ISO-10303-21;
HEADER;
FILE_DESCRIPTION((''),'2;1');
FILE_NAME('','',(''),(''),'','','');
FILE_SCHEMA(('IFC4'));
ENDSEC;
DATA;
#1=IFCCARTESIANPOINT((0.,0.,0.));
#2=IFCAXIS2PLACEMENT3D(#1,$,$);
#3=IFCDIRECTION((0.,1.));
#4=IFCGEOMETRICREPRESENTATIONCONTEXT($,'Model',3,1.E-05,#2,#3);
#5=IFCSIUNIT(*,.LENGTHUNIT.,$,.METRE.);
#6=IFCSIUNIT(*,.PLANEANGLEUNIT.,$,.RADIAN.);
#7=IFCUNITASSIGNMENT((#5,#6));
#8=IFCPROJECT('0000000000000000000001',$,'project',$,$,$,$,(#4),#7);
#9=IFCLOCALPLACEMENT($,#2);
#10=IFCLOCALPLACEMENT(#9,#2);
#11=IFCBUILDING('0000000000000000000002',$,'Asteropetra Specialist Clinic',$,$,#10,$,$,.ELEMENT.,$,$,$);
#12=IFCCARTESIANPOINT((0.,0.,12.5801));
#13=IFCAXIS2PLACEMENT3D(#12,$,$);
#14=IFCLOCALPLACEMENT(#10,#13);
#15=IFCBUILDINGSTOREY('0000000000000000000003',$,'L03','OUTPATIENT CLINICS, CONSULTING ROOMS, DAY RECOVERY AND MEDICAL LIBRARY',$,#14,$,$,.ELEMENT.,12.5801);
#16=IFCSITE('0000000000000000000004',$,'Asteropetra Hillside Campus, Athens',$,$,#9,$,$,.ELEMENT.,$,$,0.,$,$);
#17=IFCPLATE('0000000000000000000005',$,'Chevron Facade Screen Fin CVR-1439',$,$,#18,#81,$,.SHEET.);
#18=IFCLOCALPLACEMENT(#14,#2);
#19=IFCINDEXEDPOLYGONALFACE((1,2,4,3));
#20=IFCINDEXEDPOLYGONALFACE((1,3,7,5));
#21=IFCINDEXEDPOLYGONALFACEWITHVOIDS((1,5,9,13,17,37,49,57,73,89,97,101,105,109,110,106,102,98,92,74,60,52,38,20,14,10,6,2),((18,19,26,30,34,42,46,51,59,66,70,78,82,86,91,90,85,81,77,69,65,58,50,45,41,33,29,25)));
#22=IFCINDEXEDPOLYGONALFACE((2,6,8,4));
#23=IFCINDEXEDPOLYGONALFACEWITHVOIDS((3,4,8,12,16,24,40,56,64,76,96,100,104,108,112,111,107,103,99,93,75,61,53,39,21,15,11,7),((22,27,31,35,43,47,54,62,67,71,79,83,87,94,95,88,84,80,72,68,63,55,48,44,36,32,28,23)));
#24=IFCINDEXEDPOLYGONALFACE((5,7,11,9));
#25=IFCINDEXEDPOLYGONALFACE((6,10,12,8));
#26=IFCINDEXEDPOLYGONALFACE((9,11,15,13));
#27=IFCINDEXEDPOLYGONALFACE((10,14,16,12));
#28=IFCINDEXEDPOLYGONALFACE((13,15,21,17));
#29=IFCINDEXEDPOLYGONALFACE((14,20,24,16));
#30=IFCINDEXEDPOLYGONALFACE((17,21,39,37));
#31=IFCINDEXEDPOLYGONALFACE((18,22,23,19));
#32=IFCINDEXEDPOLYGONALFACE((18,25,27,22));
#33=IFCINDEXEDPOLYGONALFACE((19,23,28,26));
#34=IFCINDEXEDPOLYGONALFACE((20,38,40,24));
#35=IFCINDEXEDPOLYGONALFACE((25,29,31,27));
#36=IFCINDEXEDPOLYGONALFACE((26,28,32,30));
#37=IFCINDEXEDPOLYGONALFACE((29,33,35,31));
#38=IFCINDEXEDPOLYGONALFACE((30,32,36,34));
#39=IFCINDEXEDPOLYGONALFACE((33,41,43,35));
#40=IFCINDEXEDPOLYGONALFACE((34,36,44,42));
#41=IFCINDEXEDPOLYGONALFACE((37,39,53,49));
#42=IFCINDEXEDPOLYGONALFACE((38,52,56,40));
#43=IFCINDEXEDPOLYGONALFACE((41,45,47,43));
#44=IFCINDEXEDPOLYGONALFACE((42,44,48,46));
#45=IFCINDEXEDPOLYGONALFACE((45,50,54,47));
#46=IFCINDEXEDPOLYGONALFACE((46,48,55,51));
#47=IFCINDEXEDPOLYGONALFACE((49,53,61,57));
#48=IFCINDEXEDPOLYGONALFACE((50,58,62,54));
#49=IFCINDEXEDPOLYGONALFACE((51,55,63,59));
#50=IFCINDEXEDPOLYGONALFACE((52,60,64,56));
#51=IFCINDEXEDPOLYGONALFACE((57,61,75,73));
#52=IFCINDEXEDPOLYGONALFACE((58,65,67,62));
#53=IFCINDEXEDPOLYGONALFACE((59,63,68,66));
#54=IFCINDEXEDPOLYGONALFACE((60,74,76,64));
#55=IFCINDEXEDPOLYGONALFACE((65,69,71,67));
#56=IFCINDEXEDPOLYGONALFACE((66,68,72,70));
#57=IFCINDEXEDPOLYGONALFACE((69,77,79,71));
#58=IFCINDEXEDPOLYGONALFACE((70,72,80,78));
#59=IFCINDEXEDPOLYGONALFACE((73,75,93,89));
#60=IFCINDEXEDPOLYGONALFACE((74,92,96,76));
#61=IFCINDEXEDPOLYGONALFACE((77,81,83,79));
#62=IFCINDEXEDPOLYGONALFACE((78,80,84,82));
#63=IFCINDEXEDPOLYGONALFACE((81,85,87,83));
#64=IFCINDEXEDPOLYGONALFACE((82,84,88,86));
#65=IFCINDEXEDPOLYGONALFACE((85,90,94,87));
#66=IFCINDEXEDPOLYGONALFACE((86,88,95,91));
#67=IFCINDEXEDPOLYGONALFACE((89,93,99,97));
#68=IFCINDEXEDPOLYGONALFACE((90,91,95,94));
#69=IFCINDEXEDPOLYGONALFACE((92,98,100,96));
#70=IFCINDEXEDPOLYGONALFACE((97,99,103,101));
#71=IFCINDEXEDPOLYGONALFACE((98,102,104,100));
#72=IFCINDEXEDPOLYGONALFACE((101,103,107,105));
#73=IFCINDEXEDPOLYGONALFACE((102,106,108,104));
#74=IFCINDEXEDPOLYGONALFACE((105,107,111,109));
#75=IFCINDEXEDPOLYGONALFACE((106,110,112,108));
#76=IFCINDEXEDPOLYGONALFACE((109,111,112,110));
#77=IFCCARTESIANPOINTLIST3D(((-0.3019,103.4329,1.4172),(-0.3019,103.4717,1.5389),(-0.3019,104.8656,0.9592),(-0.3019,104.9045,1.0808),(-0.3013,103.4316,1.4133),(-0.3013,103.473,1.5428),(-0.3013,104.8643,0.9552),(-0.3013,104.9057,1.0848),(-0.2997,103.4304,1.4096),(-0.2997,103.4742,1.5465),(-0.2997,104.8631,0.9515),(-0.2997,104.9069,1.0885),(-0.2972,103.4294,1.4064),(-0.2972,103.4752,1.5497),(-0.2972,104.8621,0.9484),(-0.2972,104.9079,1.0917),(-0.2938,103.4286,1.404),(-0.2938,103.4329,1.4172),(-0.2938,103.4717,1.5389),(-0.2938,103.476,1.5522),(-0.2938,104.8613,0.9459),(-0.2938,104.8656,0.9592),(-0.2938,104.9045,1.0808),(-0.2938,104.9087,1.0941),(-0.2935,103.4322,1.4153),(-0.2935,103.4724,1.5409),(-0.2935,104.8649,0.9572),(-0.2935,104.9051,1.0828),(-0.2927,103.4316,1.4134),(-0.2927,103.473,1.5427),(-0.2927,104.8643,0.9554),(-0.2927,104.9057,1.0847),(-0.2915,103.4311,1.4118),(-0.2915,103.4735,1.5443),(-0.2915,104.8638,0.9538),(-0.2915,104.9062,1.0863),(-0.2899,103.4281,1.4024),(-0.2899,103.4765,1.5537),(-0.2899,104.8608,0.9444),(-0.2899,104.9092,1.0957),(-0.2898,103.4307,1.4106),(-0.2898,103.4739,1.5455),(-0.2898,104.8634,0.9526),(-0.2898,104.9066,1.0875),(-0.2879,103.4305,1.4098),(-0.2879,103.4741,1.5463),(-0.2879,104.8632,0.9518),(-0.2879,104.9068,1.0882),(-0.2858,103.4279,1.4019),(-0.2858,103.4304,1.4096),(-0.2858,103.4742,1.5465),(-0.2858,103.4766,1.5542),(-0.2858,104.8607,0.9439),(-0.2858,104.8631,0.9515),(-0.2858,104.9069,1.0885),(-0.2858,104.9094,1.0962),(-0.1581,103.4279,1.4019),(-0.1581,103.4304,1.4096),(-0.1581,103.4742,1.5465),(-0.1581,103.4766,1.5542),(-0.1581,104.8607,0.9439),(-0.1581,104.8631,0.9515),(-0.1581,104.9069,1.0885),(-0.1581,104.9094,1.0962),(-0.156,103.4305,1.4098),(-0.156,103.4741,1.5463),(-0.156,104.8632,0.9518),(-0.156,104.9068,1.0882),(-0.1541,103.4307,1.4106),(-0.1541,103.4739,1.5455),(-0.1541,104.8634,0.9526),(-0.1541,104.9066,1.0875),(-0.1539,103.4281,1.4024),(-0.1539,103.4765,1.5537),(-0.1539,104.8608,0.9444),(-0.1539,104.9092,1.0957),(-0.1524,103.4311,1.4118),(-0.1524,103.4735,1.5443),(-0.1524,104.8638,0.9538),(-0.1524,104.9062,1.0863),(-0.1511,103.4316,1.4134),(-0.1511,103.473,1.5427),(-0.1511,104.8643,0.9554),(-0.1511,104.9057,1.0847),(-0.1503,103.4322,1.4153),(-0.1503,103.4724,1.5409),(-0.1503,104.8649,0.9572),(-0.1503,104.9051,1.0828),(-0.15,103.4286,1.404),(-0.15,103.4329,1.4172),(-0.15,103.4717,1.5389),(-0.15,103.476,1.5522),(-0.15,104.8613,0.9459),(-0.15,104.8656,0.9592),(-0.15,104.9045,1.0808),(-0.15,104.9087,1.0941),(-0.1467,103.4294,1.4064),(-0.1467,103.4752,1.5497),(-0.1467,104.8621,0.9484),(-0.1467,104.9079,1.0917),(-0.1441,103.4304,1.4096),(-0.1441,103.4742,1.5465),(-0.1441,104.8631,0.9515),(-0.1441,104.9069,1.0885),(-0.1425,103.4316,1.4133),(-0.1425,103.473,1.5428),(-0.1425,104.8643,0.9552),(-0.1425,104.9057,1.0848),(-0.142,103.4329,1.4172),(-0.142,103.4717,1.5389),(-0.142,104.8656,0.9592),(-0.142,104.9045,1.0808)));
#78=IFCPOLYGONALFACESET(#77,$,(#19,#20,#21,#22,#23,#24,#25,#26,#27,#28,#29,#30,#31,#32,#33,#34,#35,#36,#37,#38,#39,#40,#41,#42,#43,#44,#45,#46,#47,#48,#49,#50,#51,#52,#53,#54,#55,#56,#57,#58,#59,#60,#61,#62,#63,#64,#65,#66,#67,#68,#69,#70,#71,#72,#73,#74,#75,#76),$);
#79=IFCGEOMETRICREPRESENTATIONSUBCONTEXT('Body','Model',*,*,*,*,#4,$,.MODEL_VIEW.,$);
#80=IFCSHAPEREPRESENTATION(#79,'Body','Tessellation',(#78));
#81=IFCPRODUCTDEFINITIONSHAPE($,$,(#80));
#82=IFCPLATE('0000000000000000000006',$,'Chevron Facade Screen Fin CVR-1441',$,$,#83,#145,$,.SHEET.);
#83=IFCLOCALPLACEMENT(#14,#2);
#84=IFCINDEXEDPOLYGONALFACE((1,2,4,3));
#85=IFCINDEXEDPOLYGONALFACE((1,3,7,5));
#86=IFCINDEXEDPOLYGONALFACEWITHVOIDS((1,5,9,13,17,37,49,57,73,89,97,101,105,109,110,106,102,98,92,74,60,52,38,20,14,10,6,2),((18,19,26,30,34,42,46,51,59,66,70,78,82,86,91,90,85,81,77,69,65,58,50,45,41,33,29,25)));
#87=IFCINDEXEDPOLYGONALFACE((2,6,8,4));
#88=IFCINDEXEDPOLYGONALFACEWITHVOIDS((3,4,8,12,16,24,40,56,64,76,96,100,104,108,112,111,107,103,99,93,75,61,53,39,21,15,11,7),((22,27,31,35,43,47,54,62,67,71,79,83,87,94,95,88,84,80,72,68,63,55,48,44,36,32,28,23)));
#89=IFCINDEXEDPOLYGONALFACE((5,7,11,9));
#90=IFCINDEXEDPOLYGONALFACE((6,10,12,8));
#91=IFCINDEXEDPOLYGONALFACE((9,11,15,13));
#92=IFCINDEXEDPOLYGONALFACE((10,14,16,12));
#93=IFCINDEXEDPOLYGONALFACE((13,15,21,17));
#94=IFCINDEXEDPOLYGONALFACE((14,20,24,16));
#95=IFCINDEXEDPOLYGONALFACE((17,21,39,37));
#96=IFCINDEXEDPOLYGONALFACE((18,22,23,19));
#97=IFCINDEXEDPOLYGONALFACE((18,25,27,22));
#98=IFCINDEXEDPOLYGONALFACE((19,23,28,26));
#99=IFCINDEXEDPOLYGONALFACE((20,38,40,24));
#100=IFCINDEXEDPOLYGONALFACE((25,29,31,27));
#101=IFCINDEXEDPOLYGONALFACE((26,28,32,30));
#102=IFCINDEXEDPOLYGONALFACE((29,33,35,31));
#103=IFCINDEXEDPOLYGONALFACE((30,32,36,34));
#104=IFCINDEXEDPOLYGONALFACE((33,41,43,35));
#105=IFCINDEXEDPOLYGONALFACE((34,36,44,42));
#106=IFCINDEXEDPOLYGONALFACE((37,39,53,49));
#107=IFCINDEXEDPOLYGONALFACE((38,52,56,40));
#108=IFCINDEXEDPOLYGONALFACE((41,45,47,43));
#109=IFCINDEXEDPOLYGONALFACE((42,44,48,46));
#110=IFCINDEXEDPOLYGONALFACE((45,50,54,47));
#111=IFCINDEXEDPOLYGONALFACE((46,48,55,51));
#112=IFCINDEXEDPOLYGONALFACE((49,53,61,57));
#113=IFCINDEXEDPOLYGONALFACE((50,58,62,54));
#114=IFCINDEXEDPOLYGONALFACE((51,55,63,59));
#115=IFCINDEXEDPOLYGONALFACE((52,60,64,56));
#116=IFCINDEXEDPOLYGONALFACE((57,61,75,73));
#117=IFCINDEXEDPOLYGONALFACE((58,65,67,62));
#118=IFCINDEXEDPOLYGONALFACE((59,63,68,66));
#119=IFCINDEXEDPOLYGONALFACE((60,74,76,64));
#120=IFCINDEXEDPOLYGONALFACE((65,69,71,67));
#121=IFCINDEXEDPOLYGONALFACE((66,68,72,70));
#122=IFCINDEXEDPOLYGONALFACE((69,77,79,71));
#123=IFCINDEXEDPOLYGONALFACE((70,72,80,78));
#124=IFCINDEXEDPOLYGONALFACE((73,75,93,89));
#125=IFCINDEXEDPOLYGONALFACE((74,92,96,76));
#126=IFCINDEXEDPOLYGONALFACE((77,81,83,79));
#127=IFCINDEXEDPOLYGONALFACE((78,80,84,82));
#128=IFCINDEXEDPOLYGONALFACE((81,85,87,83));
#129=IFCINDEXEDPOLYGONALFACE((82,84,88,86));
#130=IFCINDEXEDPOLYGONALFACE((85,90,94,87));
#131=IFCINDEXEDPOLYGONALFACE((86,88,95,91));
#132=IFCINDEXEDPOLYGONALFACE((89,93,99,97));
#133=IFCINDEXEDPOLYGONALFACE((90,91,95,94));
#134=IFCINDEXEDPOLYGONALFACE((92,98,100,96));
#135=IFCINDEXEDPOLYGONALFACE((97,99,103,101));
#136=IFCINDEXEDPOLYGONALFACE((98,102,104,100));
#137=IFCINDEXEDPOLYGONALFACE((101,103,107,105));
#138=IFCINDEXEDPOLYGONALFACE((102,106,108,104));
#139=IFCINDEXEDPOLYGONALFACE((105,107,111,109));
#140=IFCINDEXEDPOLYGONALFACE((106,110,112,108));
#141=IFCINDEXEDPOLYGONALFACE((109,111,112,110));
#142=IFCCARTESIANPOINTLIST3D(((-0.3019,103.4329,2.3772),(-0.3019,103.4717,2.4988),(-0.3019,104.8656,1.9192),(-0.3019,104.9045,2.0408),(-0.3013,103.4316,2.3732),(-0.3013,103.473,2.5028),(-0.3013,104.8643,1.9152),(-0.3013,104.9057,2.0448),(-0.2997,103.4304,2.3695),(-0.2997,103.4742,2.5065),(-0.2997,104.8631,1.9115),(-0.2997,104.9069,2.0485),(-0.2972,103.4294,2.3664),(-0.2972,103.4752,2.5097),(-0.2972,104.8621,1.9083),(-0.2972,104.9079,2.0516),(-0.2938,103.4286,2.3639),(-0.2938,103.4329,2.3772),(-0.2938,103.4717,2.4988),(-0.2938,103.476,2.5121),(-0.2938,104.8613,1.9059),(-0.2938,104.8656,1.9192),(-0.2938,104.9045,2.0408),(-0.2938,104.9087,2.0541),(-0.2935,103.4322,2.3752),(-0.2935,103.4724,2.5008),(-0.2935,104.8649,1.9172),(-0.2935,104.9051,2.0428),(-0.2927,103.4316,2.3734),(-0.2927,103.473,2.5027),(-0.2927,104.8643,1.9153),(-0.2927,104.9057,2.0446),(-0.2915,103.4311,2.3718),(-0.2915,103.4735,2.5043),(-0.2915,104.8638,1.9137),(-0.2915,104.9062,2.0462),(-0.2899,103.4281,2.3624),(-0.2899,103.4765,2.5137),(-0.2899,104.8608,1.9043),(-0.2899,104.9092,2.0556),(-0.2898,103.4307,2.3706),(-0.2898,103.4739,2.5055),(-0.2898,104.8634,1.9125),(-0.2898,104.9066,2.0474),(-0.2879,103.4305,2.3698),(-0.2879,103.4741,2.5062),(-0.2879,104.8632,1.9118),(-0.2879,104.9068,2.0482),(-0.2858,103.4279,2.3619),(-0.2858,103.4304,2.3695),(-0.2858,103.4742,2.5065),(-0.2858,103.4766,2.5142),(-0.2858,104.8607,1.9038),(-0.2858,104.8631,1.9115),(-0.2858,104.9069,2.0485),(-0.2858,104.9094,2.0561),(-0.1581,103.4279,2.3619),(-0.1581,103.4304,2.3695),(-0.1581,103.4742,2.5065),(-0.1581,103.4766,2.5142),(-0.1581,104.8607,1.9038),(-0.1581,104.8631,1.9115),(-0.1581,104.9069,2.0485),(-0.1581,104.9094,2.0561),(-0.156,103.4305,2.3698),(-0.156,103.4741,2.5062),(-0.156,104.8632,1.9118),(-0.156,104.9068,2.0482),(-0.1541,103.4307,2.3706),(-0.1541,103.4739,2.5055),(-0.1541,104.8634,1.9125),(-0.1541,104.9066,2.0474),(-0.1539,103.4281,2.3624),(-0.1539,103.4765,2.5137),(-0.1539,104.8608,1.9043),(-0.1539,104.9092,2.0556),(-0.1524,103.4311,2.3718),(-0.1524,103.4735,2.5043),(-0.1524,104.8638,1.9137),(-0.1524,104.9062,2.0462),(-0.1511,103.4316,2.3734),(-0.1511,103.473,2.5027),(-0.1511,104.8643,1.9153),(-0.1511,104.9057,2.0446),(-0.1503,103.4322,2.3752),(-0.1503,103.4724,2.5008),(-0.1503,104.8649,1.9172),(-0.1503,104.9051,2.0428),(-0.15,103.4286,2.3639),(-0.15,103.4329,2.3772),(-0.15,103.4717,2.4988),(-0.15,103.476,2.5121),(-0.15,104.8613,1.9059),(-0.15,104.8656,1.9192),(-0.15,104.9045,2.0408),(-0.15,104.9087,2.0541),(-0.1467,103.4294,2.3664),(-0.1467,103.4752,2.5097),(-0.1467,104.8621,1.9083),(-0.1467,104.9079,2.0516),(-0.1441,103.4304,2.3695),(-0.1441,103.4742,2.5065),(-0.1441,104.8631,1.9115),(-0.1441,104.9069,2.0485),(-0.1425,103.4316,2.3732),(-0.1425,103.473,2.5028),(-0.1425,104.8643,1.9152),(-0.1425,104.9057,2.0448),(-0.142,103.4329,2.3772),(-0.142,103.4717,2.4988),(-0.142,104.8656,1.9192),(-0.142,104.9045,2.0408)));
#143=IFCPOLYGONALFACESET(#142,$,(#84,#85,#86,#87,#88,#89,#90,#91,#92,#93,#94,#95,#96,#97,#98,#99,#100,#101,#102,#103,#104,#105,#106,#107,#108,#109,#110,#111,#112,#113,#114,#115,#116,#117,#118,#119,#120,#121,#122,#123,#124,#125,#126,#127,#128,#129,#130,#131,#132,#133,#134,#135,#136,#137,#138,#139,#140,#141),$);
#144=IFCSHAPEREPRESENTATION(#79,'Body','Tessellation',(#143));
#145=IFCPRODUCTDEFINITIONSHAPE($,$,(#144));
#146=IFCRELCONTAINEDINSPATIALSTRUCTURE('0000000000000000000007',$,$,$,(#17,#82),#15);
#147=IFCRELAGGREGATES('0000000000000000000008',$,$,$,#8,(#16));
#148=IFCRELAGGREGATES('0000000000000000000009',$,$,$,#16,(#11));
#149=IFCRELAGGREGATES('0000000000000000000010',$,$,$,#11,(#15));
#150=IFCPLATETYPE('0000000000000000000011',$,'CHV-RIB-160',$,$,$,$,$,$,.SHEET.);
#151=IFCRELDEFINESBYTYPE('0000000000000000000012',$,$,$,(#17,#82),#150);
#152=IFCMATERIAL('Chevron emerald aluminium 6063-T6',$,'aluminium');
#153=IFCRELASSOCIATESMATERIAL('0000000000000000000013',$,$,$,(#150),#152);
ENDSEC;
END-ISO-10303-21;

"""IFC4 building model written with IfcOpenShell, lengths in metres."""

from ifc_helpers import new_model, si_unit, direction, frame, origin, origin_2d, place, context, subcontext, project, spatial, hollow_rectangle, extrude, material, material_profile, profile_set, type_object, element, save


model = new_model("IFC4")

# Units and contexts
model_context = context("Model", 3, precision=1e-05, world=origin(), true_north=direction((0.0, 1.0)))
body_context = subcontext(model_context, "Body", "Model", "MODEL_VIEW")
ifc_project = project(units=[si_unit("LENGTHUNIT", "METRE"), si_unit("PLANEANGLEUNIT", "RADIAN")], contexts=[model_context])

# Site, building, storey
site_placement = place(None, origin())
site = spatial("IfcSite", under=ifc_project, at=site_placement, Name="Asteropetra Hillside Campus, Athens", CompositionType="ELEMENT", RefElevation=0.0)
building_placement = place(site_placement, origin())
building = spatial("IfcBuilding", under=site, at=building_placement, Name="Asteropetra Specialist Clinic", CompositionType="ELEMENT")
storey_placement = place(building_placement, frame((0.0, 0.0, 12.5801)))
storey = spatial("IfcBuildingStorey", under=building, at=storey_placement, Name="L03", Description="OUTPATIENT CLINICS, CONSULTING ROOMS, DAY RECOVERY AND MEDICAL LIBRARY", CompositionType="ELEMENT", Elevation=12.5801)

# Plates
ifc_material_1 = material(Name="Chevron emerald aluminium 6063-T6", Category="aluminium")
ifc_material_profile_1 = material_profile(ifc_material_1, hollow_rectangle(XDim=0.1599, YDim=0.1599, WallThickness=0.0081, InnerFilletRadius=0.0081, OuterFilletRadius=0.0161, at=origin_2d()), Name="SHS 160x160x8.0")
ifc_profile_set_1 = profile_set([ifc_material_profile_1], Name="Chevron emerald aluminium 6063-T6")
plate_type = type_object("IfcPlateType", Name="CHV-RIB-160", PredefinedType="SHEET", material=ifc_profile_set_1)
for number, where, z_axis, x_axis, name in (
    (1, (-0.2219, 104.885, 1.02), (0.0, -0.952507, 0.304517), (1.0, 0.0, 0.0), "Chevron Facade Screen Fin CVR-1439"),
    (2, (-0.2219, 104.885, 1.98), (0.0, -0.952507, 0.304517), (1.0, 0.0, 0.0), "Chevron Facade Screen Fin CVR-1441"),
):
    element("IfcPlate", number, at=place(storey_placement, frame(where, z_axis=z_axis, x_axis=x_axis)), inside=storey, type_object=plate_type, Name=name, PredefinedType="SHEET", context=body_context, shape_type="SweptSolid", body=[
        extrude(hollow_rectangle(XDim=0.1599, YDim=0.1599, WallThickness=0.0081, InnerFilletRadius=0.0081, OuterFilletRadius=0.0161, at=origin_2d()), origin(), (0.0, 0.0, 1.0), 1.5042),
    ])

save(model, "model.ifc")
